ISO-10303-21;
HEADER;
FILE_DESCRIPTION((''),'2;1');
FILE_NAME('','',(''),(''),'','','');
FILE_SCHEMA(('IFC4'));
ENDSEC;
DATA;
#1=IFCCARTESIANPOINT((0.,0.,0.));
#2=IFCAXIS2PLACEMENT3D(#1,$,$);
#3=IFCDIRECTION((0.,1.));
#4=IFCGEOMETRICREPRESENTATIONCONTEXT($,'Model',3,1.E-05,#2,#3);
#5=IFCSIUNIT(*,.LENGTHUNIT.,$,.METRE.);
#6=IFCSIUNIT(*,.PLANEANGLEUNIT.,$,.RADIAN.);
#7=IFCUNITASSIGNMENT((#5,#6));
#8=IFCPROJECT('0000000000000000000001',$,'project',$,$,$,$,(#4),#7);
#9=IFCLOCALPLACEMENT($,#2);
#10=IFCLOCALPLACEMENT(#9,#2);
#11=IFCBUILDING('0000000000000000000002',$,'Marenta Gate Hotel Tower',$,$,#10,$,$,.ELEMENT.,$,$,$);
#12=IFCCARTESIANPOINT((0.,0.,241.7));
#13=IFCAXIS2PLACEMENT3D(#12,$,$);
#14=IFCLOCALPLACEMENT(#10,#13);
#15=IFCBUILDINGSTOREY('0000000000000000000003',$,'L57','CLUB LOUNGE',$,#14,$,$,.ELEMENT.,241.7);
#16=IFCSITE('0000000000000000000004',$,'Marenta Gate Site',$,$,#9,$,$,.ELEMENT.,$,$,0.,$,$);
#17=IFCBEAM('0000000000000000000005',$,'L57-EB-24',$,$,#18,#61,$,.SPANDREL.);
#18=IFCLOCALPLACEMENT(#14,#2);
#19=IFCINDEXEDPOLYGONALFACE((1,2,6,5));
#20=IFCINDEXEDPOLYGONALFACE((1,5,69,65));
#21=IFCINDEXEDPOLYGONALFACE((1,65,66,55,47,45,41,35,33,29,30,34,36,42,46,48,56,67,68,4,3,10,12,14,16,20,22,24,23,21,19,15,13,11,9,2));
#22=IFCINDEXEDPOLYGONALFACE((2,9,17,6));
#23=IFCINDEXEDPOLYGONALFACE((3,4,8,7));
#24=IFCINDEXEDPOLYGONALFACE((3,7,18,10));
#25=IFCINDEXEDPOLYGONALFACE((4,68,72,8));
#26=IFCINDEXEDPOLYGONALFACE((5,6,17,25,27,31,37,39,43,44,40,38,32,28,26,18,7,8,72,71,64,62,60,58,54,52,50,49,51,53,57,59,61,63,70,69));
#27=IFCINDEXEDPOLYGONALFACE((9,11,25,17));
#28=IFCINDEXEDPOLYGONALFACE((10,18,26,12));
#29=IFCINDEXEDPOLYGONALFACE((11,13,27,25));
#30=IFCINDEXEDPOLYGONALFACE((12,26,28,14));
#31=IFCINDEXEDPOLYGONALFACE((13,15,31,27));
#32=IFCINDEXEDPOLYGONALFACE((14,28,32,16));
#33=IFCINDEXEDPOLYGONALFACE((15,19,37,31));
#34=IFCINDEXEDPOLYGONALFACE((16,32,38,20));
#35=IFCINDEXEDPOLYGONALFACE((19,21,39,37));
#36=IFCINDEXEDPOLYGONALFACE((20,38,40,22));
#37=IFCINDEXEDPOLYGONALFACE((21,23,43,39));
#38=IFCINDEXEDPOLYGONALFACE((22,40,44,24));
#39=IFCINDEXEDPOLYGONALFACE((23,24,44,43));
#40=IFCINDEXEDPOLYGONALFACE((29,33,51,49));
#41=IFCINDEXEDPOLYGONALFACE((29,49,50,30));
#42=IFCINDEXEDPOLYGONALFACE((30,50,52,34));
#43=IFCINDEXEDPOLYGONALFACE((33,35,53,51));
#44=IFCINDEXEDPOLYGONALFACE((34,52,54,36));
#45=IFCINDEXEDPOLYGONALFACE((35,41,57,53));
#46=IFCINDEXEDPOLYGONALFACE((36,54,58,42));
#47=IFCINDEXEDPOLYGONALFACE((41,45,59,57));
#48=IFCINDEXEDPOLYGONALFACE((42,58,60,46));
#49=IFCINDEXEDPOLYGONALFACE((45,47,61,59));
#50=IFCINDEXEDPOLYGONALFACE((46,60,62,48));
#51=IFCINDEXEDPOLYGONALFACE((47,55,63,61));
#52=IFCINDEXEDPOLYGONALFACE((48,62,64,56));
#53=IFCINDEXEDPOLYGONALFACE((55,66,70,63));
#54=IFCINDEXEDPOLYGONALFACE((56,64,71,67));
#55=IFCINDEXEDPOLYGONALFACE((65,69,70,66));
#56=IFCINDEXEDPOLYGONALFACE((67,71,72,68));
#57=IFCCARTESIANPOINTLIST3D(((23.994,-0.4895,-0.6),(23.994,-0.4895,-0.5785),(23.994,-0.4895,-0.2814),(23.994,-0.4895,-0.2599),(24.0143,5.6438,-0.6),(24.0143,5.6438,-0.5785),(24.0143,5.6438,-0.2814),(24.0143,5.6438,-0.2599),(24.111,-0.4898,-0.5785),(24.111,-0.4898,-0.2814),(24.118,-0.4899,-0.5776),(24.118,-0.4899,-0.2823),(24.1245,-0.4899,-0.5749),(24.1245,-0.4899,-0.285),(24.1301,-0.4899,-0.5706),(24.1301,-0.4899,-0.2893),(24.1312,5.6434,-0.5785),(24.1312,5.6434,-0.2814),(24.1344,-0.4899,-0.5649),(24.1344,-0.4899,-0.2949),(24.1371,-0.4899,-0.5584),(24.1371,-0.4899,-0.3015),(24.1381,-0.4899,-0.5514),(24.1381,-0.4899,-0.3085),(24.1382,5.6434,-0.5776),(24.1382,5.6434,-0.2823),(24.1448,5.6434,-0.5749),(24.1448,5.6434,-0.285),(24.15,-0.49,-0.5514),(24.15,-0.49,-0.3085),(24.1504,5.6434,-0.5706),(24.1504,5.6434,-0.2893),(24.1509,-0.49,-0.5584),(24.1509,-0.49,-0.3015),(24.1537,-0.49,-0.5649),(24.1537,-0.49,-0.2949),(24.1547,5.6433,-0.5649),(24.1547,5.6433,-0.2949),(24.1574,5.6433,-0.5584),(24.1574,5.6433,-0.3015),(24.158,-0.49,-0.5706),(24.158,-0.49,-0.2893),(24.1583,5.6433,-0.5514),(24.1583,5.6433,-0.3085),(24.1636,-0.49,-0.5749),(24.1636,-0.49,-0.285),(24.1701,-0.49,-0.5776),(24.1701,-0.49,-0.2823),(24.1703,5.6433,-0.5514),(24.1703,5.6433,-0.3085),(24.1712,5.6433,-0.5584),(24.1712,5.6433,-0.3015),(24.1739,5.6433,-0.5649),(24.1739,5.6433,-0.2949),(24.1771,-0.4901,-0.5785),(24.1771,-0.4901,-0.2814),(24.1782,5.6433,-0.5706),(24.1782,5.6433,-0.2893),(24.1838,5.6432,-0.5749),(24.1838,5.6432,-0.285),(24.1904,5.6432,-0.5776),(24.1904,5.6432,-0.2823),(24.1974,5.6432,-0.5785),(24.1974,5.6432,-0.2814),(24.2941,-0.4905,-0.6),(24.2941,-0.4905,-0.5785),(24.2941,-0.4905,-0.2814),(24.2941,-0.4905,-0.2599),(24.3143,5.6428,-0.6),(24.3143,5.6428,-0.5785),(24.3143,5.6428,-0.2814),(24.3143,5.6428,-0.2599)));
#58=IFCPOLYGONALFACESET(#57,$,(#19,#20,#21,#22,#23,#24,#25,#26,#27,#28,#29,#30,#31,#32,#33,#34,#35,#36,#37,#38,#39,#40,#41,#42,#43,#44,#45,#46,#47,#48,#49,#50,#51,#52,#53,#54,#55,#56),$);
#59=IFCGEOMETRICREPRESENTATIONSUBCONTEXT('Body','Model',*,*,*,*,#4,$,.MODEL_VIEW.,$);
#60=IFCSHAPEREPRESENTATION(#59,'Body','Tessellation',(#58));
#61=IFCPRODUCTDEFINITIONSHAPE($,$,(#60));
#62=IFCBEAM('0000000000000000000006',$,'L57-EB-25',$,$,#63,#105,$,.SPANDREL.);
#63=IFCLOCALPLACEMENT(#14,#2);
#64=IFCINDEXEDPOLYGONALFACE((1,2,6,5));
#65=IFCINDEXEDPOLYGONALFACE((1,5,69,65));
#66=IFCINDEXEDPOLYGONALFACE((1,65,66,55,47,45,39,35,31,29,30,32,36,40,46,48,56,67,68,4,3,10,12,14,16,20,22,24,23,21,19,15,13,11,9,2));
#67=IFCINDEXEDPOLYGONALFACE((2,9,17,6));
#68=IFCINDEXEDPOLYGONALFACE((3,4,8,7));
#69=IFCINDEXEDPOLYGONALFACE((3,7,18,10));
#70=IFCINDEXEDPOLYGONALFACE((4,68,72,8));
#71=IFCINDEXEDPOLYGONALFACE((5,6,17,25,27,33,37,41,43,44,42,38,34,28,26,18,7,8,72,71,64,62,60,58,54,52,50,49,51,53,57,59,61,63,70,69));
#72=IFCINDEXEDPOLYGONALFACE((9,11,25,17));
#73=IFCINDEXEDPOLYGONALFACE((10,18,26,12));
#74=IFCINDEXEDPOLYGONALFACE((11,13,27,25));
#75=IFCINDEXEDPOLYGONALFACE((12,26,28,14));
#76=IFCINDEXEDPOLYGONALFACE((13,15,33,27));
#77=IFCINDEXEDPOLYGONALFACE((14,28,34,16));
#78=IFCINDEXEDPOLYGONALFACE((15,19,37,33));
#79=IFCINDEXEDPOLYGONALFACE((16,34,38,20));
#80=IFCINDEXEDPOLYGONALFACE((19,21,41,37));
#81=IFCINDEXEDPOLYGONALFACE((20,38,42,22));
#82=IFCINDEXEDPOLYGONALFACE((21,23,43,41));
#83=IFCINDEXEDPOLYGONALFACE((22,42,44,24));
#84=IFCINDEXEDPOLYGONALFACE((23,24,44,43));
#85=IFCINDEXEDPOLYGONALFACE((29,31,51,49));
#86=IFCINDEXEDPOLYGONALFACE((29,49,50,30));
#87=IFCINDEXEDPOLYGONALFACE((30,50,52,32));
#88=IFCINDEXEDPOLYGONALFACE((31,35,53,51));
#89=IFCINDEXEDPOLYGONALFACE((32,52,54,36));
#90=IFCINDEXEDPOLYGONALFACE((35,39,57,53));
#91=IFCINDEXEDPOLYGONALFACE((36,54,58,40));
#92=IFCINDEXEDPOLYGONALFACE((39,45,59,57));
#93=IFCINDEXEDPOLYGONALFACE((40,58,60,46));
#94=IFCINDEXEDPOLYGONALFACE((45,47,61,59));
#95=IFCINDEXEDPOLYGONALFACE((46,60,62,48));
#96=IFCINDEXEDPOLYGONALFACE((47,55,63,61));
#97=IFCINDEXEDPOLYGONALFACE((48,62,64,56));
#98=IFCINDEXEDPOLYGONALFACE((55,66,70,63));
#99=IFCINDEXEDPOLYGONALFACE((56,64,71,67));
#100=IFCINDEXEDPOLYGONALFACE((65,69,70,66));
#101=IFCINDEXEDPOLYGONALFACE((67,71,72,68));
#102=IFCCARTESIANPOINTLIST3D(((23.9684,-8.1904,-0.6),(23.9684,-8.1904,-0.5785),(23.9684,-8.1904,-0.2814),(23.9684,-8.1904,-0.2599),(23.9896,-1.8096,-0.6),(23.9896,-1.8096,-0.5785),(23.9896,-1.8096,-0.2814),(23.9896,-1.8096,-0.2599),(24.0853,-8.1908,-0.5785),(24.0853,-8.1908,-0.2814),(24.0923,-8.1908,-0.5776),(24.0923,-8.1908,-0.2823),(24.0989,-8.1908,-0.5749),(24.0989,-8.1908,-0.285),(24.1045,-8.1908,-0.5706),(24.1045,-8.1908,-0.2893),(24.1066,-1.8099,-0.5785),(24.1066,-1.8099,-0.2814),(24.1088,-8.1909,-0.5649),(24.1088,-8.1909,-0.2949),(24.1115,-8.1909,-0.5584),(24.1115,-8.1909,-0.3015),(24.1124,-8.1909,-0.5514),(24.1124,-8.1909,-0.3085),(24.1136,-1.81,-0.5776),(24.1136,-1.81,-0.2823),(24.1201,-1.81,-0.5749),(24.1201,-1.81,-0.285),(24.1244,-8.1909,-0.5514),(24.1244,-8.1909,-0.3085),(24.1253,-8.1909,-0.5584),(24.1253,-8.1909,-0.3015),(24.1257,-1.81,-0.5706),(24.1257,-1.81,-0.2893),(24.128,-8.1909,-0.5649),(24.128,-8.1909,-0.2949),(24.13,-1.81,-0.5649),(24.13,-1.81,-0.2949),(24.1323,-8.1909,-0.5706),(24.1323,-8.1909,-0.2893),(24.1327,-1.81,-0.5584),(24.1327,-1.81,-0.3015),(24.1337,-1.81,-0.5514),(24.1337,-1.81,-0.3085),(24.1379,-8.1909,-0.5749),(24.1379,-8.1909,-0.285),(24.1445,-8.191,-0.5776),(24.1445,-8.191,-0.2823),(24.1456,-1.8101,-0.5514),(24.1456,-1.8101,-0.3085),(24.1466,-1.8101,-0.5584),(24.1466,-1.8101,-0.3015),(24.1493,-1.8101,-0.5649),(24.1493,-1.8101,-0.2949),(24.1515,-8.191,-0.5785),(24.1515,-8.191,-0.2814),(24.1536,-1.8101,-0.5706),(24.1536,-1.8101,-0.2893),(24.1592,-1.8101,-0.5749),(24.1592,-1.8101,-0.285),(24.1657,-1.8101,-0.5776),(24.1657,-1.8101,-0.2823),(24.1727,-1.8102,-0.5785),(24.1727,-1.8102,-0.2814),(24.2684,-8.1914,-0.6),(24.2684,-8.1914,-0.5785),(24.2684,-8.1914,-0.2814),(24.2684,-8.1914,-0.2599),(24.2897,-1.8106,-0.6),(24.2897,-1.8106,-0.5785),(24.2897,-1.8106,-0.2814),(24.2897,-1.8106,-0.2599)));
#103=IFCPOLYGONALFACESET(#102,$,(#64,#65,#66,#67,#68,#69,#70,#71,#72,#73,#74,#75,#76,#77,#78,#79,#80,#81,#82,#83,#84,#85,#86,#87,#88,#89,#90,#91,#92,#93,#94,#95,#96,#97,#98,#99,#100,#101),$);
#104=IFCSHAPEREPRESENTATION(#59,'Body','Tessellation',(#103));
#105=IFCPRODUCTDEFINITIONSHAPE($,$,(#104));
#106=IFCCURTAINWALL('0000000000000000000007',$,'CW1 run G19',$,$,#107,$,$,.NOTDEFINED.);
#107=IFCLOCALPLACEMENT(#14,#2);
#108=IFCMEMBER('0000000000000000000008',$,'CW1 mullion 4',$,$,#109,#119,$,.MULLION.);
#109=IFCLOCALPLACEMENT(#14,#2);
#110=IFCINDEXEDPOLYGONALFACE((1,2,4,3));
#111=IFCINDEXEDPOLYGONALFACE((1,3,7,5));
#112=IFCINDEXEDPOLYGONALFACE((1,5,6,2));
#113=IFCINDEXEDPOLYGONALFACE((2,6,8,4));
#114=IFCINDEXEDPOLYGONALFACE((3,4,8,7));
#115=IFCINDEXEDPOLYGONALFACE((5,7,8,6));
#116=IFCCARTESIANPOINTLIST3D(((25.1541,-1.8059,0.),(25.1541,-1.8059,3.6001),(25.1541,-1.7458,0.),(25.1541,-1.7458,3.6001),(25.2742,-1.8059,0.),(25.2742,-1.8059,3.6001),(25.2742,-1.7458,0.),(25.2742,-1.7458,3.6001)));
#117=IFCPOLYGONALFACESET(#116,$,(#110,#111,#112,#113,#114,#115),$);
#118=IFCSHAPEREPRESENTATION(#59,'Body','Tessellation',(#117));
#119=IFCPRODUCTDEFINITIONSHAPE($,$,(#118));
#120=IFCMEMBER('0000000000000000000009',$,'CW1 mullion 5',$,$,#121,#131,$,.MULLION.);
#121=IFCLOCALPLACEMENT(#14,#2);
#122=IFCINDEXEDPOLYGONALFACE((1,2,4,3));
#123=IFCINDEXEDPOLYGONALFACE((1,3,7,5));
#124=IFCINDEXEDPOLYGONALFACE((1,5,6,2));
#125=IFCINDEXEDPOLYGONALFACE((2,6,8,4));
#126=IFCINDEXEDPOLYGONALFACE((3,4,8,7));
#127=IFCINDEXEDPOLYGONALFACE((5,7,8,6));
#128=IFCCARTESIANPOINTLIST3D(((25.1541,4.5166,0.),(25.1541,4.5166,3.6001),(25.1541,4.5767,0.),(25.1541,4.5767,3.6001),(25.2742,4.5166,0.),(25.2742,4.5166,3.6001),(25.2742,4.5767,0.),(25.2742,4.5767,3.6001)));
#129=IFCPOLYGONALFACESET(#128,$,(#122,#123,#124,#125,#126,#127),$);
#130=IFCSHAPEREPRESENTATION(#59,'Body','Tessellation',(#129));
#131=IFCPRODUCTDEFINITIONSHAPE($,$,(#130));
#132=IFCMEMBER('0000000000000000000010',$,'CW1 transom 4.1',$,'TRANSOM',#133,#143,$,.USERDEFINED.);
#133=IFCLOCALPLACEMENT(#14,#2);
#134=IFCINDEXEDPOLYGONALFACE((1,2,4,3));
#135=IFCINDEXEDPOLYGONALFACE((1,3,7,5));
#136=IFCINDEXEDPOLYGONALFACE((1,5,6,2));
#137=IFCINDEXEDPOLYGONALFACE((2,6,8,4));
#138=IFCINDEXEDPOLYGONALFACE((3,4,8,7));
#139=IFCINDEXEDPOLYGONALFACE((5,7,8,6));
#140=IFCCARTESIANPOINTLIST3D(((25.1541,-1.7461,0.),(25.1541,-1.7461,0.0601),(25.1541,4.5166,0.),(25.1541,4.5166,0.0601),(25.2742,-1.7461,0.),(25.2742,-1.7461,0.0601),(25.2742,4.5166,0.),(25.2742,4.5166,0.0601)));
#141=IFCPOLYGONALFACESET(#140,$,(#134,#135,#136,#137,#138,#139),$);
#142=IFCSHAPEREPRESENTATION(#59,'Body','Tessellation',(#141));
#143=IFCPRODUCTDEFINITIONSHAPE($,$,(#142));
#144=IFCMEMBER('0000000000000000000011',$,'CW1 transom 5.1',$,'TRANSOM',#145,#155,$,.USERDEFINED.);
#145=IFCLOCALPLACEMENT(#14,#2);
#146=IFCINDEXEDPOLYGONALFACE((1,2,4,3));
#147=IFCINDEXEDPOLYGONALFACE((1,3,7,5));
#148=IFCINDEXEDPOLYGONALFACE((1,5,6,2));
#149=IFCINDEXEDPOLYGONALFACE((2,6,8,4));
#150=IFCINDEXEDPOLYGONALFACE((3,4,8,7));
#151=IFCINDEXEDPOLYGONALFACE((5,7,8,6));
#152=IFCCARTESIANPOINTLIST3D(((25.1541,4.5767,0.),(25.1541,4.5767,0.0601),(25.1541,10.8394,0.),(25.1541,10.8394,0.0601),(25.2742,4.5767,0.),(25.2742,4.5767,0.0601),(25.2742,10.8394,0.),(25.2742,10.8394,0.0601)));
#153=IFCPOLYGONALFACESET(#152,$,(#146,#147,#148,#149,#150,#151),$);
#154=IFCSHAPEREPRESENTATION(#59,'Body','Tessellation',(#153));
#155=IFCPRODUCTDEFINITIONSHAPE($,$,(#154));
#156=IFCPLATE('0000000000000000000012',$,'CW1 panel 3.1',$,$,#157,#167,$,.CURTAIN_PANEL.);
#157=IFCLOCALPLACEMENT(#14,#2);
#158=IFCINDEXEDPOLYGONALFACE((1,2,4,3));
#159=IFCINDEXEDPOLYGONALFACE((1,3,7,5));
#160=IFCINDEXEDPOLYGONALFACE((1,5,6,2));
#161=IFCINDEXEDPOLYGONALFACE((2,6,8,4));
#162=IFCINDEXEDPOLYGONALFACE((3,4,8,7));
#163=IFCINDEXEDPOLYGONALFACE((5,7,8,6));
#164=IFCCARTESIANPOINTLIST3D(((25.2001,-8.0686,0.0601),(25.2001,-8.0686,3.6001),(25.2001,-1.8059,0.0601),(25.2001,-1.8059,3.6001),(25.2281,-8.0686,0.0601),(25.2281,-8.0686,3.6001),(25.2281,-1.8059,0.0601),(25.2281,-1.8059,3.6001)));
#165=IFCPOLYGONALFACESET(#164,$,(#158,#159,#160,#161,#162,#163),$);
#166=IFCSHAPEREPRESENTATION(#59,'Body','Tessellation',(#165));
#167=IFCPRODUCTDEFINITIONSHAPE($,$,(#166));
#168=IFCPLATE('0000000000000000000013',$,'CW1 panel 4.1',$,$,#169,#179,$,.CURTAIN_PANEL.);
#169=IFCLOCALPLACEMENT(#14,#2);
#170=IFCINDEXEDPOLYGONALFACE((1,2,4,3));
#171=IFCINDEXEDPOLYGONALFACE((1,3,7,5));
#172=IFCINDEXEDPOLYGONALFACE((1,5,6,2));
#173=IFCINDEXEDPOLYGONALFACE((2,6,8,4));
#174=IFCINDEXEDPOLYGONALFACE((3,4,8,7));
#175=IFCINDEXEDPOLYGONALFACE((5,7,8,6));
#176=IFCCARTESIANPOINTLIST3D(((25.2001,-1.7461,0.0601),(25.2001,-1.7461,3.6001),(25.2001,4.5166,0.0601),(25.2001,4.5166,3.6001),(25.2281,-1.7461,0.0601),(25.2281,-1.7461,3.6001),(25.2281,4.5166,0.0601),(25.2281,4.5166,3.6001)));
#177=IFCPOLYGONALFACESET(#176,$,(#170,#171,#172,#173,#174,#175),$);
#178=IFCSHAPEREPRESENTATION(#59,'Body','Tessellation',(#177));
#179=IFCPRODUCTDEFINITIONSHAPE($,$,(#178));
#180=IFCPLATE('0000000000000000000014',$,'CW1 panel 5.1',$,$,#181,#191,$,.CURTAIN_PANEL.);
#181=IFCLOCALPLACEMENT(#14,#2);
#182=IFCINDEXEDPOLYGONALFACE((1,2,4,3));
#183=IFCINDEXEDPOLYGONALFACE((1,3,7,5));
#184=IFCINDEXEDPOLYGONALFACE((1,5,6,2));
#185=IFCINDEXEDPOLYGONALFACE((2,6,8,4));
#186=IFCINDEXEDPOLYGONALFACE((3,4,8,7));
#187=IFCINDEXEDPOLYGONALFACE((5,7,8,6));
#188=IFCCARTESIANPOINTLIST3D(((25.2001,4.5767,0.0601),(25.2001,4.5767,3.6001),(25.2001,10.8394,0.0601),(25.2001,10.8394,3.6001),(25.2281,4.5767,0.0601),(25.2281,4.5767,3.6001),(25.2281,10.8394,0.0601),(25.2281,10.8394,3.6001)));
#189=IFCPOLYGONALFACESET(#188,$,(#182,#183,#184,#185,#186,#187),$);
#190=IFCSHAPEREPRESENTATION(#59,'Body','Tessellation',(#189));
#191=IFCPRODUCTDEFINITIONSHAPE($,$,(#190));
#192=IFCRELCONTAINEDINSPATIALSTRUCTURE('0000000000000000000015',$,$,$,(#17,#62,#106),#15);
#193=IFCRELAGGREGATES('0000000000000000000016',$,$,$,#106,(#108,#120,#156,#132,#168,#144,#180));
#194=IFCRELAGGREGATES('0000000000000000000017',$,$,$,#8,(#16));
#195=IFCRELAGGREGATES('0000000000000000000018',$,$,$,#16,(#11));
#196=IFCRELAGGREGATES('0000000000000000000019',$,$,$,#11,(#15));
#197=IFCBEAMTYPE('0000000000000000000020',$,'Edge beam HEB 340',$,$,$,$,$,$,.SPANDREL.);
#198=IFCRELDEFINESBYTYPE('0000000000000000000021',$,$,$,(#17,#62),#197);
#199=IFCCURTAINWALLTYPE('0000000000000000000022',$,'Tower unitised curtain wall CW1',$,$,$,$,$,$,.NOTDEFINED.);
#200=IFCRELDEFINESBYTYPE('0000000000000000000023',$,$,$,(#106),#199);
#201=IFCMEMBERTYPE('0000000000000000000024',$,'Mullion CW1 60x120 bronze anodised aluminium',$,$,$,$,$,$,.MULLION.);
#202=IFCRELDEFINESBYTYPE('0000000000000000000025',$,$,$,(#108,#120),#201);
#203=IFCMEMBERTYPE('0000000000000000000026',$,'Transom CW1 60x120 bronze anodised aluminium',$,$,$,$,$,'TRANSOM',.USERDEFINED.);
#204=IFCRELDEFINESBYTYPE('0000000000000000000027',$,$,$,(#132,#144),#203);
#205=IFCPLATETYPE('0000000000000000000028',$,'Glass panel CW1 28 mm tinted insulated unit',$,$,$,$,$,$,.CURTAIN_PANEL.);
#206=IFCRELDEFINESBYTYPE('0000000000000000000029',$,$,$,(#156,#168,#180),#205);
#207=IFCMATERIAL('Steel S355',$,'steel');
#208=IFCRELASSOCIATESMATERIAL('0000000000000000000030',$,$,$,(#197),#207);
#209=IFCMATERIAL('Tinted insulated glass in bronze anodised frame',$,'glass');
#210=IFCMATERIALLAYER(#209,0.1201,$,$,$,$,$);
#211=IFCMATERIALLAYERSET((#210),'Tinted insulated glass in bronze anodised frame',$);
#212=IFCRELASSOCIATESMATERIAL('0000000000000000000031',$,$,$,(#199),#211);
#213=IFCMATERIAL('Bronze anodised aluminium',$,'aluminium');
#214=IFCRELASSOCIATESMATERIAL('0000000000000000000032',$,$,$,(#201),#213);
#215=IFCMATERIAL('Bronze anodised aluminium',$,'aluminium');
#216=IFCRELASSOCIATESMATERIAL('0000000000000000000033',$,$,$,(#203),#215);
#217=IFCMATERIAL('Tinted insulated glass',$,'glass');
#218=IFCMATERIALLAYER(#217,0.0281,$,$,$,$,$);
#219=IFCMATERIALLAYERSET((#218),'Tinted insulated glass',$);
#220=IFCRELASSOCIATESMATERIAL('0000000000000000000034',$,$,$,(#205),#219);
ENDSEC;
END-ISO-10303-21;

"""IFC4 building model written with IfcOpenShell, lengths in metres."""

from ifc_helpers import new_model, si_unit, direction, frame, origin, origin_2d, place, context, subcontext, project, spatial, rectangle, i_section, extrude, material, layer, layer_set, material_profile, profile_set, type_object, element, aggregate, save


model = new_model("IFC4")

# Units and contexts
model_context = context("Model", 3, precision=1e-05, world=origin(), true_north=direction((0.0, 1.0)))
body_context = subcontext(model_context, "Body", "Model", "MODEL_VIEW")
ifc_project = project(units=[si_unit("LENGTHUNIT", "METRE"), si_unit("PLANEANGLEUNIT", "RADIAN")], contexts=[model_context])

# Site, building, storey
site_placement = place(None, origin())
site = spatial("IfcSite", under=ifc_project, at=site_placement, Name="Marenta Gate Site", CompositionType="ELEMENT", RefElevation=0.0)
building_placement = place(site_placement, origin())
building = spatial("IfcBuilding", under=site, at=building_placement, Name="Marenta Gate Hotel Tower", CompositionType="ELEMENT")
storey_placement = place(building_placement, frame((0.0, 0.0, 241.7)))
storey = spatial("IfcBuildingStorey", under=building, at=storey_placement, Name="L57", Description="CLUB LOUNGE", CompositionType="ELEMENT", Elevation=241.7)

# Beams
ifc_material_1 = material(Name="Steel S355", Category="steel")
ifc_material_profile_1 = material_profile(ifc_material_1, i_section(OverallWidth=0.3, OverallDepth=0.3401, WebThickness=0.012, FlangeThickness=0.0215, FilletRadius=0.0271, at=origin_2d()), Name="HEB 340")
ifc_profile_set_1 = profile_set([ifc_material_profile_1], Name="Steel S355")
beam_type = type_object("IfcBeamType", Name="Edge beam HEB 340", PredefinedType="SPANDREL", material=ifc_profile_set_1)
beam_1_placement = place(storey_placement, frame((24.1643, 5.6433, -0.4299), z_axis=(-0.003304, -0.999995, 0.0), x_axis=(0.999995, -0.003304, 0.0)))
element("IfcBeam", 1, at=beam_1_placement, inside=storey, type_object=beam_type, Name="L57-EB-24", PredefinedType="SPANDREL", context=body_context, shape_type="SweptSolid", body=[
    extrude(i_section(OverallWidth=0.3, OverallDepth=0.3401, WebThickness=0.012, FlangeThickness=0.0215, FilletRadius=0.0271, at=origin_2d()), origin(), (0.0, 0.0, 1.0), 6.1333),
])
beam_2_placement = place(storey_placement, frame((24.1396, -1.8101, -0.4299), z_axis=(-0.003329, -0.999994, 0.0), x_axis=(0.999994, -0.003329, 0.0)))
element("IfcBeam", 2, at=beam_2_placement, inside=storey, type_object=beam_type, Name="L57-EB-25", PredefinedType="SPANDREL", context=body_context, shape_type="SweptSolid", body=[
    extrude(i_section(OverallWidth=0.3, OverallDepth=0.3401, WebThickness=0.012, FlangeThickness=0.0215, FilletRadius=0.0271, at=origin_2d()), origin(), (0.0, 0.0, 1.0), 6.3809),
])

# Curtain wall, members, plates
ifc_material_2 = material(Name="Tinted insulated glass in bronze anodised frame", Category="glass")
ifc_layer_1 = layer(ifc_material_2, 0.1201)
ifc_layer_set_1 = layer_set([ifc_layer_1], Name="Tinted insulated glass in bronze anodised frame")
curtain_wall_type = type_object("IfcCurtainWallType", Name="Tower unitised curtain wall CW1", PredefinedType="NOTDEFINED", material=ifc_layer_set_1)
curtain_wall_placement = place(storey_placement, origin())
curtain_wall = element("IfcCurtainWall", 3, at=curtain_wall_placement, inside=storey, type_object=curtain_wall_type, Name="CW1 run G19", PredefinedType="NOTDEFINED")
ifc_material_3 = material(Name="Bronze anodised aluminium", Category="aluminium")
ifc_material_profile_2 = material_profile(ifc_material_3, rectangle(XDim=0.1201, YDim=0.0601, at=origin_2d()), Name="Mullion CW1 60x120 bronze anodised aluminium")
ifc_profile_set_2 = profile_set([ifc_material_profile_2], Name="Bronze anodised aluminium")
member_type_1 = type_object("IfcMemberType", Name="Mullion CW1 60x120 bronze anodised aluminium", PredefinedType="MULLION", material=ifc_profile_set_2)
member_1_placement = place(storey_placement, frame((25.2141, -1.7759, 0.0), z_axis=(0.0, 0.0, 1.0), x_axis=(-1.0, 0.0, 0.0)))
member_1 = element("IfcMember", 4, at=member_1_placement, type_object=member_type_1, Name="CW1 mullion 4", PredefinedType="MULLION", context=body_context, shape_type="SweptSolid", body=[
    extrude(rectangle(XDim=0.1201, YDim=0.0601, at=origin_2d()), origin(), (0.0, 0.0, 1.0), 3.6001),
])
member_2_placement = place(storey_placement, frame((25.2141, 4.5466, 0.0), z_axis=(0.0, 0.0, 1.0), x_axis=(-1.0, 0.0, 0.0)))
member_2 = element("IfcMember", 5, at=member_2_placement, type_object=member_type_1, Name="CW1 mullion 5", PredefinedType="MULLION", context=body_context, shape_type="SweptSolid", body=[
    extrude(rectangle(XDim=0.1201, YDim=0.0601, at=origin_2d()), origin(), (0.0, 0.0, 1.0), 3.6001),
])
ifc_material_4 = material(Name="Bronze anodised aluminium", Category="aluminium")
ifc_material_profile_3 = material_profile(ifc_material_4, rectangle(XDim=0.1201, YDim=0.0601, at=origin_2d()), Name="Transom CW1 60x120 bronze anodised aluminium")
ifc_profile_set_3 = profile_set([ifc_material_profile_3], Name="Bronze anodised aluminium")
member_type_2 = type_object("IfcMemberType", Name="Transom CW1 60x120 bronze anodised aluminium", ElementType="TRANSOM", PredefinedType="USERDEFINED", material=ifc_profile_set_3)
member_3_placement = place(storey_placement, frame((25.2141, -1.7461, 0.03), z_axis=(0.0, 1.0, 0.0), x_axis=(-1.0, 0.0, 0.0)))
member_3 = element("IfcMember", 6, at=member_3_placement, type_object=member_type_2, Name="CW1 transom 4.1", ObjectType="TRANSOM", PredefinedType="USERDEFINED", context=body_context, shape_type="SweptSolid", body=[
    extrude(rectangle(XDim=0.1201, YDim=0.0601, at=origin_2d()), origin(), (0.0, 0.0, 1.0), 6.2627),
])
member_4_placement = place(storey_placement, frame((25.2141, 4.5767, 0.03), z_axis=(0.0, 1.0, 0.0), x_axis=(-1.0, 0.0, 0.0)))
member_4 = element("IfcMember", 7, at=member_4_placement, type_object=member_type_2, Name="CW1 transom 5.1", ObjectType="TRANSOM", PredefinedType="USERDEFINED", context=body_context, shape_type="SweptSolid", body=[
    extrude(rectangle(XDim=0.1201, YDim=0.0601, at=origin_2d()), origin(), (0.0, 0.0, 1.0), 6.2627),
])
ifc_material_5 = material(Name="Tinted insulated glass", Category="glass")
ifc_layer_2 = layer(ifc_material_5, 0.0281)
ifc_layer_set_2 = layer_set([ifc_layer_2], Name="Tinted insulated glass")
plate_type = type_object("IfcPlateType", Name="Glass panel CW1 28 mm tinted insulated unit", PredefinedType="CURTAIN_PANEL", material=ifc_layer_set_2)
plate_1_placement = place(storey_placement, frame((25.2141, -4.9373, 0.0601), z_axis=(0.0, 0.0, 1.0), x_axis=(0.0, 1.0, 0.0)))
plate_1 = element("IfcPlate", 8, at=plate_1_placement, type_object=plate_type, Name="CW1 panel 3.1", PredefinedType="CURTAIN_PANEL", context=body_context, shape_type="SweptSolid", body=[
    extrude(rectangle(XDim=6.2627, YDim=0.0281, at=origin_2d()), origin(), (0.0, 0.0, 1.0), 3.54),
])
plate_2_placement = place(storey_placement, frame((25.2141, 1.3853, 0.0601), z_axis=(0.0, 0.0, 1.0), x_axis=(0.0, 1.0, 0.0)))
plate_2 = element("IfcPlate", 9, at=plate_2_placement, type_object=plate_type, Name="CW1 panel 4.1", PredefinedType="CURTAIN_PANEL", context=body_context, shape_type="SweptSolid", body=[
    extrude(rectangle(XDim=6.2627, YDim=0.0281, at=origin_2d()), origin(), (0.0, 0.0, 1.0), 3.54),
])
plate_3_placement = place(storey_placement, frame((25.2141, 7.708, 0.0601), z_axis=(0.0, 0.0, 1.0), x_axis=(0.0, 1.0, 0.0)))
plate_3 = element("IfcPlate", 10, at=plate_3_placement, type_object=plate_type, Name="CW1 panel 5.1", PredefinedType="CURTAIN_PANEL", context=body_context, shape_type="SweptSolid", body=[
    extrude(rectangle(XDim=6.2627, YDim=0.0281, at=origin_2d()), origin(), (0.0, 0.0, 1.0), 3.54),
])
aggregate(curtain_wall, [member_1, member_2, plate_1, member_3, plate_2, member_4, plate_3])

save(model, "model.ifc")
